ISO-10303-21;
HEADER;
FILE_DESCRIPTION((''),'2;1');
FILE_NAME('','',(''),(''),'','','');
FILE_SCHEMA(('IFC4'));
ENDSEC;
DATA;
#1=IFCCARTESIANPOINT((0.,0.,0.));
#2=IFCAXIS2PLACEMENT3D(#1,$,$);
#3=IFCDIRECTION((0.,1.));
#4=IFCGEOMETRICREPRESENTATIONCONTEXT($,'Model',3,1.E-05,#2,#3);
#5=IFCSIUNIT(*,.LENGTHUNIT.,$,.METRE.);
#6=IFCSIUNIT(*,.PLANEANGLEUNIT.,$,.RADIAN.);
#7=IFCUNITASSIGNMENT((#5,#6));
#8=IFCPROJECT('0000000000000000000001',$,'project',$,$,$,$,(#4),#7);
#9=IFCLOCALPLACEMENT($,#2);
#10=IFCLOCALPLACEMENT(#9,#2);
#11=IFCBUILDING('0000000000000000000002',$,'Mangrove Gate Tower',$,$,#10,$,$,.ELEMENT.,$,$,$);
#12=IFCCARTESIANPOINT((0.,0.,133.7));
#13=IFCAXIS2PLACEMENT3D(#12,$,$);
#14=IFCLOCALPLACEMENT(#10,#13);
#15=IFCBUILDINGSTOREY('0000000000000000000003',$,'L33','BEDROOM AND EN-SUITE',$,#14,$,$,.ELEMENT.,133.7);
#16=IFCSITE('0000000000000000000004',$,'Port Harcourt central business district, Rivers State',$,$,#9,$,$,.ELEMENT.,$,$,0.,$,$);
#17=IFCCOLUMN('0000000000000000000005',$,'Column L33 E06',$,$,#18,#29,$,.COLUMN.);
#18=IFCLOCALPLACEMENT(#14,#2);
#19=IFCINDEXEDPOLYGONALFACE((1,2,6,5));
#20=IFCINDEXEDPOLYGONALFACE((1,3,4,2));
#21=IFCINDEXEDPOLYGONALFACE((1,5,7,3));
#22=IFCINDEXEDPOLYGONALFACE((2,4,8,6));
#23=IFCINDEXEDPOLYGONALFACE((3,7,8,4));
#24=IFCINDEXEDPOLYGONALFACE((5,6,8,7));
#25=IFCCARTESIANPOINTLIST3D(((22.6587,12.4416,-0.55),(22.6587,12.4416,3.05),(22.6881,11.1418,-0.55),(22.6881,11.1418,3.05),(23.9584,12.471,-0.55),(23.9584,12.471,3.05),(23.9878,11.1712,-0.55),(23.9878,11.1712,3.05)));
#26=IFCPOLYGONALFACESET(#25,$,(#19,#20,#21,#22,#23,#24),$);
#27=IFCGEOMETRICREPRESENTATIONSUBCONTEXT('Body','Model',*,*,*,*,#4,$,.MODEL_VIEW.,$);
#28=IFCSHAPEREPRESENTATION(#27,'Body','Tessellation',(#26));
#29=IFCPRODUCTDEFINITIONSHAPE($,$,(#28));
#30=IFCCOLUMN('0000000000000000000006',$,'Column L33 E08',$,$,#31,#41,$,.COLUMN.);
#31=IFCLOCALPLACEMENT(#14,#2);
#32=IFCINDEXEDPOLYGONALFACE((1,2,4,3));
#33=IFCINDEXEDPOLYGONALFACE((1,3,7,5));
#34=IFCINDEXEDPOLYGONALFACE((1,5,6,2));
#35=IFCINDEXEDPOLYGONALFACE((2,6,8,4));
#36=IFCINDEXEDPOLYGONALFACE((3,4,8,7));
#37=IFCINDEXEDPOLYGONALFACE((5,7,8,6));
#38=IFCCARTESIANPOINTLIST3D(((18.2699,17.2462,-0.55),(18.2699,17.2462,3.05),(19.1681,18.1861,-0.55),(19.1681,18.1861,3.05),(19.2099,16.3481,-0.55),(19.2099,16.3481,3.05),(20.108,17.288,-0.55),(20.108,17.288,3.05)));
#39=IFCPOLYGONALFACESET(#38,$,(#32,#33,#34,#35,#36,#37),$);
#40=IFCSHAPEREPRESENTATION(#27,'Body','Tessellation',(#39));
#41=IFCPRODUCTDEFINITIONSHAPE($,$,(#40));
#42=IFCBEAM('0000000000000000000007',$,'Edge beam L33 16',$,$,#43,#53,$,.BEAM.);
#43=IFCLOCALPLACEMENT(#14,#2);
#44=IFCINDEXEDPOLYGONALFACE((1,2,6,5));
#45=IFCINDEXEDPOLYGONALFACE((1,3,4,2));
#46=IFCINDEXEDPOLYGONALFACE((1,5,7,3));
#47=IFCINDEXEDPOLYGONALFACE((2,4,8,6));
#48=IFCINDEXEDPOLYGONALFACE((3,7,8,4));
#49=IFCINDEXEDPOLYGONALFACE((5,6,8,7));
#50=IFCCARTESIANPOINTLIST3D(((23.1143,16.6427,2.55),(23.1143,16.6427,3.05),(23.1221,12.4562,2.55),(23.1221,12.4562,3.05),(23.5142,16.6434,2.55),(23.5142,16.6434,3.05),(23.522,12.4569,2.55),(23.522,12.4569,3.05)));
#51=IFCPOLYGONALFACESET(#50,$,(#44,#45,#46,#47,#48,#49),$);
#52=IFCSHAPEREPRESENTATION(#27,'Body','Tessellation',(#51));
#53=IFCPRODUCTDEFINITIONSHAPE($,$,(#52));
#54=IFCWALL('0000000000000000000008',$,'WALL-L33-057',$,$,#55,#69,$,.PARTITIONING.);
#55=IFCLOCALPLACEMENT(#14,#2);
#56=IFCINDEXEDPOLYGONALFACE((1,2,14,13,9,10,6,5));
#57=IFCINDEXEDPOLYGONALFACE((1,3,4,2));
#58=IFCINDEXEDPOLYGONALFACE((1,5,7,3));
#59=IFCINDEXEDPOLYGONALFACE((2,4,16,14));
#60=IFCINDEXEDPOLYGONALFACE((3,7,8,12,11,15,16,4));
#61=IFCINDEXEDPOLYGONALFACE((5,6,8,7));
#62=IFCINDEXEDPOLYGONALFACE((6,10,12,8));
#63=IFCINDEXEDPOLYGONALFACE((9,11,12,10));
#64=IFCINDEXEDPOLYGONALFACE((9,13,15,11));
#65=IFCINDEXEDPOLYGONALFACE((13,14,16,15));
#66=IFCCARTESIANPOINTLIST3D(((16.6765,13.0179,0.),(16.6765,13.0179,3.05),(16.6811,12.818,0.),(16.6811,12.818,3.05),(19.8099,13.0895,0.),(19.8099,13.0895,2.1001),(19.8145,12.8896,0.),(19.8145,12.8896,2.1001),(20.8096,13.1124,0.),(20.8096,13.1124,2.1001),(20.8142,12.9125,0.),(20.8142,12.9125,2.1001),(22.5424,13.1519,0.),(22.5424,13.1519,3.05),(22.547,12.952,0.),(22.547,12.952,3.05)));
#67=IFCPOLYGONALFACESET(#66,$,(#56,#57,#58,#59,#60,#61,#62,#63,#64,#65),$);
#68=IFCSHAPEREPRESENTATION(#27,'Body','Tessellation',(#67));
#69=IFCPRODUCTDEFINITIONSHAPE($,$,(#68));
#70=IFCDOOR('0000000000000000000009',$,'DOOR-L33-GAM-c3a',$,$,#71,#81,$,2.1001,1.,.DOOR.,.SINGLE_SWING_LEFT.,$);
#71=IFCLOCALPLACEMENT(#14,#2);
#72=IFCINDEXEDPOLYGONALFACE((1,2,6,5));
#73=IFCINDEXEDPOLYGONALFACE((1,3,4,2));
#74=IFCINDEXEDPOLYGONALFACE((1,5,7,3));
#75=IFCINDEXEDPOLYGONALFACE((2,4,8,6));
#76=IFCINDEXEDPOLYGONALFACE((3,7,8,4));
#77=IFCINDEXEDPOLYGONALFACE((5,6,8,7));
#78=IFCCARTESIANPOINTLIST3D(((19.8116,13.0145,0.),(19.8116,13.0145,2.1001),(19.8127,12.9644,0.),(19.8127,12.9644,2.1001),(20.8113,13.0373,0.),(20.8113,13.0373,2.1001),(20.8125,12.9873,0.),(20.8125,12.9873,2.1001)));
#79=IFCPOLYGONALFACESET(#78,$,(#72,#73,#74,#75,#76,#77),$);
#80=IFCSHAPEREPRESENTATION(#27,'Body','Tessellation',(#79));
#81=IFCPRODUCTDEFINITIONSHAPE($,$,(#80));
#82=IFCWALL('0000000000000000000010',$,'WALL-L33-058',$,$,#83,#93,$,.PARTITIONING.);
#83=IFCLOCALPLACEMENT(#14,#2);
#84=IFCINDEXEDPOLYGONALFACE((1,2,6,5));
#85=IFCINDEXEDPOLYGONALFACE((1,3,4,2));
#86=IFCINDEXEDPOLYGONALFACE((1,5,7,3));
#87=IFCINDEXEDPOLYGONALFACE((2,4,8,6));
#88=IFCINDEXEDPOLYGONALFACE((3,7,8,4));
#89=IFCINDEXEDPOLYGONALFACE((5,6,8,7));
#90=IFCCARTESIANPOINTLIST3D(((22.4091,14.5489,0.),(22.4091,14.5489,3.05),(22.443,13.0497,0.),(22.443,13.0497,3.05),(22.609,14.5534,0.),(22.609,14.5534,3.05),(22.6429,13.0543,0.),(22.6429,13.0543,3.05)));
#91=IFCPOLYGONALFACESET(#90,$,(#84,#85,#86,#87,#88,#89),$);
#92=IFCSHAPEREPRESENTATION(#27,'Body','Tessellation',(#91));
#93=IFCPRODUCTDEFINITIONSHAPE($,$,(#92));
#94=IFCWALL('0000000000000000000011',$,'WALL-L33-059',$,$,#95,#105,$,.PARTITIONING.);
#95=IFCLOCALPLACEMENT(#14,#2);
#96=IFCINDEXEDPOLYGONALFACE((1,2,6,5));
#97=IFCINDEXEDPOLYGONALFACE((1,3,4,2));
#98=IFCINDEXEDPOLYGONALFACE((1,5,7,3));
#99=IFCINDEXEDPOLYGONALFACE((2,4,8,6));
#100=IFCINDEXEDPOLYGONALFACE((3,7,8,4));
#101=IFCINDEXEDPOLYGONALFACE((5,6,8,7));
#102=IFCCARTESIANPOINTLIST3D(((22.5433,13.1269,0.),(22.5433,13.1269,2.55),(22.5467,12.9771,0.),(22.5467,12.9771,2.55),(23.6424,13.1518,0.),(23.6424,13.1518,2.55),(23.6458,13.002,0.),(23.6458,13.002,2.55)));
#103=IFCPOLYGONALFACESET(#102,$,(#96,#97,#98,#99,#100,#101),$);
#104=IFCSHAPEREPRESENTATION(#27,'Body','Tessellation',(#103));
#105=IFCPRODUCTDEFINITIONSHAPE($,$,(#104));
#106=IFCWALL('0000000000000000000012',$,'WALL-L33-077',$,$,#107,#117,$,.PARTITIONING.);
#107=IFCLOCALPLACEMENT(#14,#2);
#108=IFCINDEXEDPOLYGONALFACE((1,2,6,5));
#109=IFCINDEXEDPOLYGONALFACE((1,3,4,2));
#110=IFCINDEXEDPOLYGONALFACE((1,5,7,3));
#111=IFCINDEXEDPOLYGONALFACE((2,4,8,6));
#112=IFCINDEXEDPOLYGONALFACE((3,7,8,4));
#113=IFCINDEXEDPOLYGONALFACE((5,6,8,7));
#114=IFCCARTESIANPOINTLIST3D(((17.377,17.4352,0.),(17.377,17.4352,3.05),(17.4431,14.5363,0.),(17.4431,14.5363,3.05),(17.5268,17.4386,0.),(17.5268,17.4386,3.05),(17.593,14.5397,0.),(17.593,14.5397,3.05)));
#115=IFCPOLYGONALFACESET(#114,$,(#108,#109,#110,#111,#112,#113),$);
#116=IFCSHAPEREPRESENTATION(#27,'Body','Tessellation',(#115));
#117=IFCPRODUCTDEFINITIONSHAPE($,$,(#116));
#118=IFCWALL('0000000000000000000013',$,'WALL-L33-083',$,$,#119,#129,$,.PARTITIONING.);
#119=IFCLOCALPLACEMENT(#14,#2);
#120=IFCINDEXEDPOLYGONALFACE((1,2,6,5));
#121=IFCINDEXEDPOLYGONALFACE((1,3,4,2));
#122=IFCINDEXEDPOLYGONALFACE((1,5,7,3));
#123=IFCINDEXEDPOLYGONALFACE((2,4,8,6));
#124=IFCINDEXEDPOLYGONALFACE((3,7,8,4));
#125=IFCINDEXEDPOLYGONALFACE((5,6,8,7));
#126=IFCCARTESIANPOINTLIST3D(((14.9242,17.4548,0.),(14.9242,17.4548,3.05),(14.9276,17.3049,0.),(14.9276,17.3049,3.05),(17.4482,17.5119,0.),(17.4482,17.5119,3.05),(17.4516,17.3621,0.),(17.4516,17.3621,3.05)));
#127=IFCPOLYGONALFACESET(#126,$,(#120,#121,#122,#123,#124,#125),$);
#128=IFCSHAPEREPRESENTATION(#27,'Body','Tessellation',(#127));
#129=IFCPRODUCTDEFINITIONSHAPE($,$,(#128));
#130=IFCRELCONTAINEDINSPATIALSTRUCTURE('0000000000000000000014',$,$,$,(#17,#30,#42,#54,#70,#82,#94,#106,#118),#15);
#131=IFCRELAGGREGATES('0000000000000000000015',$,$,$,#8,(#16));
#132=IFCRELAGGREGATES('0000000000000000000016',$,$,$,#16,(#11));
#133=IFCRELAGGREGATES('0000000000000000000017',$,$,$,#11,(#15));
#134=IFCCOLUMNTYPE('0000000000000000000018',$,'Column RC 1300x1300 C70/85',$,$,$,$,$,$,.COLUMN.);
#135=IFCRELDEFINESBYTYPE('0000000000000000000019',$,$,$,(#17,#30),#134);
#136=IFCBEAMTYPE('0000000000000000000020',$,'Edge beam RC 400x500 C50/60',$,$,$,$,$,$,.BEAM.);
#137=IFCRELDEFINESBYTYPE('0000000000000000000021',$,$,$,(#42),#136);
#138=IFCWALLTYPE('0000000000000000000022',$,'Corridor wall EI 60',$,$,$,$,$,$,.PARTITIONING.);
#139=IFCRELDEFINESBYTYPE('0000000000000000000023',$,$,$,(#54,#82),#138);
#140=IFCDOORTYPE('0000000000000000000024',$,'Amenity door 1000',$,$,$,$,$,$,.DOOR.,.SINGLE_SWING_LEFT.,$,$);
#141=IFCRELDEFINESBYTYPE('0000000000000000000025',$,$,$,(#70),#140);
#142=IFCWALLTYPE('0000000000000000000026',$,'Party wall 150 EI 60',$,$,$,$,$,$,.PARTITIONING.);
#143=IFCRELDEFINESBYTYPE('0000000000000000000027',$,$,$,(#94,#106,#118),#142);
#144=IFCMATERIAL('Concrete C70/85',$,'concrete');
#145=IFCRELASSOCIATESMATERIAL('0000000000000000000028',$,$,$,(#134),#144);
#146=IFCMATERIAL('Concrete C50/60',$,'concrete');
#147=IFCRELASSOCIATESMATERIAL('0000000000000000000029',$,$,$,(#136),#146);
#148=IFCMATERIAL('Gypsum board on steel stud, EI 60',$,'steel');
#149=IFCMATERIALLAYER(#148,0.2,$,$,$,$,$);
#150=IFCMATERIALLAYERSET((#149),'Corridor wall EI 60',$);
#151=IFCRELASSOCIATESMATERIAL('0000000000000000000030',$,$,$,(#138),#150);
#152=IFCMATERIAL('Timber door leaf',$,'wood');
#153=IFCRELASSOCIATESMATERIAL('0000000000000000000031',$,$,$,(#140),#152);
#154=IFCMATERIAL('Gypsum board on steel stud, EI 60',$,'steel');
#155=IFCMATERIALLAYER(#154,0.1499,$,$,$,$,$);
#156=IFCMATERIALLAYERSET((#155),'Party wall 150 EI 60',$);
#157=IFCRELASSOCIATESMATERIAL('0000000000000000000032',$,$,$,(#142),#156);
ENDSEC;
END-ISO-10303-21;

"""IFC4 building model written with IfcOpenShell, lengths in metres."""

from ifc_helpers import new_model, si_unit, direction, frame, frame_2d, origin, origin_2d, place, context, subcontext, project, spatial, rectangle, extrude, material, layer, layer_set, material_profile, profile_set, type_object, element, fill, save


model = new_model("IFC4")

# Units and contexts
model_context = context("Model", 3, precision=1e-05, world=origin(), true_north=direction((0.0, 1.0)))
body_context = subcontext(model_context, "Body", "Model", "MODEL_VIEW")
ifc_project = project(units=[si_unit("LENGTHUNIT", "METRE"), si_unit("PLANEANGLEUNIT", "RADIAN")], contexts=[model_context])

# Site, building, storey
site_placement = place(None, origin())
site = spatial("IfcSite", under=ifc_project, at=site_placement, Name="Port Harcourt central business district, Rivers State", CompositionType="ELEMENT", RefElevation=0.0)
building_placement = place(site_placement, origin())
building = spatial("IfcBuilding", under=site, at=building_placement, Name="Mangrove Gate Tower", CompositionType="ELEMENT")
storey_placement = place(building_placement, frame((0.0, 0.0, 133.7)))
storey = spatial("IfcBuildingStorey", under=building, at=storey_placement, Name="L33", Description="BEDROOM AND EN-SUITE", CompositionType="ELEMENT", Elevation=133.7)

# Columns
ifc_material_1 = material(Name="Concrete C70/85", Category="concrete")
ifc_material_profile_1 = material_profile(ifc_material_1, rectangle(XDim=1.3, YDim=1.3, at=origin_2d()))
ifc_profile_set_1 = profile_set([ifc_material_profile_1], Name="Concrete C70/85")
column_type = type_object("IfcColumnType", Name="Column RC 1300x1300 C70/85", PredefinedType="COLUMN", material=ifc_profile_set_1)
for number, where, z_axis, x_axis, name in (
    (1, (23.3232, 11.8064, -0.55), (0.0, 0.0, 1.0), (-0.022621, 0.999744, 0.0), "Column L33 E06"),
    (2, (19.189, 17.2671, -0.55), (0.0, 0.0, 1.0), (-0.723, 0.690848, 0.0), "Column L33 E08"),
):
    element("IfcColumn", number, at=place(storey_placement, frame(where, z_axis=z_axis, x_axis=x_axis)), inside=storey, type_object=column_type, Name=name, PredefinedType="COLUMN", context=body_context, shape_type="SweptSolid", body=[
        extrude(rectangle(XDim=1.3, YDim=1.3, at=origin_2d()), origin(), (0.0, 0.0, 1.0), 3.6001),
    ])

# Beam
ifc_material_2 = material(Name="Concrete C50/60", Category="concrete")
ifc_material_profile_2 = material_profile(ifc_material_2, rectangle(XDim=0.3999, YDim=0.5, at=origin_2d()))
ifc_profile_set_2 = profile_set([ifc_material_profile_2], Name="Concrete C50/60")
beam_type = type_object("IfcBeamType", Name="Edge beam RC 400x500 C50/60", PredefinedType="BEAM", material=ifc_profile_set_2)
beam_placement = place(storey_placement, frame((23.322, 12.4565, 2.8), z_axis=(-0.001866, 0.999998, 0.0), x_axis=(-0.999998, -0.001866, 0.0)))
element("IfcBeam", 3, at=beam_placement, inside=storey, type_object=beam_type, Name="Edge beam L33 16", PredefinedType="BEAM", context=body_context, shape_type="SweptSolid", body=[
    extrude(rectangle(XDim=0.3999, YDim=0.5, at=origin_2d()), origin(), (0.0, 0.0, 1.0), 4.1865),
])

# Wall, opening, door
ifc_material_3 = material(Name="Gypsum board on steel stud, EI 60", Category="steel")
ifc_layer_1 = layer(ifc_material_3, 0.2)
ifc_layer_set_1 = layer_set([ifc_layer_1], Name="Corridor wall EI 60")
wall_type_1 = type_object("IfcWallType", Name="Corridor wall EI 60", PredefinedType="PARTITIONING", material=ifc_layer_set_1)
wall_1_placement = place(storey_placement, frame((16.679, 12.918, 0.0), z_axis=(0.0, 0.0, 1.0), x_axis=(0.999739, 0.022843, 0.0)))
wall_1 = element("IfcWall", 4, at=wall_1_placement, inside=storey, type_object=wall_type_1, Name="WALL-L33-057", PredefinedType="PARTITIONING", context=body_context, shape_type="SweptSolid", body=[
    extrude(rectangle(XDim=5.8674, YDim=0.2, at=frame_2d((2.9336, 0.0))), origin(), (0.0, 0.0, 1.0), 3.05),
])
opening_placement = place(wall_1_placement, frame((3.134, 0.0, 0.0)))
opening = element("IfcOpeningElement", 5, at=opening_placement, cuts=wall_1, PredefinedType="OPENING", context=body_context, shape_type="SweptSolid", body=[
    extrude(rectangle(XDim=1.0, YDim=2.1001, at=frame_2d((0.5, 1.05))), frame((0.0, 0.1099, 0.0), z_axis=(0.0, -1.0, 0.0), x_axis=(1.0, 0.0, 0.0)), (0.0, 0.0, 1.0), 0.22),
])
ifc_material_4 = material(Name="Timber door leaf", Category="wood")
door_type = type_object("IfcDoorType", Name="Amenity door 1000", OperationType="SINGLE_SWING_LEFT", PredefinedType="DOOR", material=ifc_material_4)
door_placement = place(opening_placement, origin())
door = element("IfcDoor", 6, at=door_placement, inside=storey, type_object=door_type, Name="DOOR-L33-GAM-c3a", OperationType="SINGLE_SWING_LEFT", OverallHeight=2.1001, OverallWidth=1.0, PredefinedType="DOOR", context=body_context, shape_type="SweptSolid", body=[
    extrude(rectangle(XDim=1.0, YDim=2.1001, at=frame_2d((0.5, 1.05))), frame((0.0, 0.0249, 0.0), z_axis=(0.0, -1.0, 0.0), x_axis=(1.0, 0.0, 0.0)), (0.0, 0.0, 1.0), 0.05),
])
fill(opening, door)

# Walls
wall_2_placement = place(storey_placement, frame((22.543, 13.052, 0.0), z_axis=(0.0, 0.0, 1.0), x_axis=(-0.022633, 0.999744, 0.0)))
element("IfcWall", 7, at=wall_2_placement, inside=storey, type_object=wall_type_1, Name="WALL-L33-058", PredefinedType="PARTITIONING", context=body_context, shape_type="SweptSolid", body=[
    extrude(rectangle(XDim=1.4995, YDim=0.2, at=frame_2d((0.7498, 0.0))), origin(), (0.0, 0.0, 1.0), 3.05),
])
ifc_material_5 = material(Name="Gypsum board on steel stud, EI 60", Category="steel")
ifc_layer_2 = layer(ifc_material_5, 0.1499)
ifc_layer_set_2 = layer_set([ifc_layer_2], Name="Party wall 150 EI 60")
wall_type_2 = type_object("IfcWallType", Name="Party wall 150 EI 60", PredefinedType="PARTITIONING", material=ifc_layer_set_2)
wall_3_placement = place(storey_placement, frame((22.5449, 13.052, 0.0), z_axis=(0.0, 0.0, 1.0), x_axis=(0.999743, 0.022651, 0.0)))
element("IfcWall", 8, at=wall_3_placement, inside=storey, type_object=wall_type_2, Name="WALL-L33-059", PredefinedType="PARTITIONING", context=body_context, shape_type="SweptSolid", body=[
    extrude(rectangle(XDim=1.0994, YDim=0.1499, at=frame_2d((0.5498, 0.0))), origin(), (0.0, 0.0, 1.0), 2.55),
])
wall_4_placement = place(storey_placement, frame((17.5181, 14.5381, 0.0), z_axis=(0.0, 0.0, 1.0), x_axis=(-0.022817, 0.99974, 0.0)))
element("IfcWall", 9, at=wall_4_placement, inside=storey, type_object=wall_type_2, Name="WALL-L33-077", PredefinedType="PARTITIONING", context=body_context, shape_type="SweptSolid", body=[
    extrude(rectangle(XDim=2.8997, YDim=0.1499, at=frame_2d((1.4497, 0.0))), origin(), (0.0, 0.0, 1.0), 3.05),
])
wall_5_placement = place(storey_placement, frame((14.926, 17.3799, 0.0), z_axis=(0.0, 0.0, 1.0), x_axis=(0.999744, 0.022629, 0.0)))
element("IfcWall", 10, at=wall_5_placement, inside=storey, type_object=wall_type_2, Name="WALL-L33-083", PredefinedType="PARTITIONING", context=body_context, shape_type="SweptSolid", body=[
    extrude(rectangle(XDim=2.5247, YDim=0.1499, at=frame_2d((1.2622, 0.0))), origin(), (0.0, 0.0, 1.0), 3.05),
])

save(model, "model.ifc")
